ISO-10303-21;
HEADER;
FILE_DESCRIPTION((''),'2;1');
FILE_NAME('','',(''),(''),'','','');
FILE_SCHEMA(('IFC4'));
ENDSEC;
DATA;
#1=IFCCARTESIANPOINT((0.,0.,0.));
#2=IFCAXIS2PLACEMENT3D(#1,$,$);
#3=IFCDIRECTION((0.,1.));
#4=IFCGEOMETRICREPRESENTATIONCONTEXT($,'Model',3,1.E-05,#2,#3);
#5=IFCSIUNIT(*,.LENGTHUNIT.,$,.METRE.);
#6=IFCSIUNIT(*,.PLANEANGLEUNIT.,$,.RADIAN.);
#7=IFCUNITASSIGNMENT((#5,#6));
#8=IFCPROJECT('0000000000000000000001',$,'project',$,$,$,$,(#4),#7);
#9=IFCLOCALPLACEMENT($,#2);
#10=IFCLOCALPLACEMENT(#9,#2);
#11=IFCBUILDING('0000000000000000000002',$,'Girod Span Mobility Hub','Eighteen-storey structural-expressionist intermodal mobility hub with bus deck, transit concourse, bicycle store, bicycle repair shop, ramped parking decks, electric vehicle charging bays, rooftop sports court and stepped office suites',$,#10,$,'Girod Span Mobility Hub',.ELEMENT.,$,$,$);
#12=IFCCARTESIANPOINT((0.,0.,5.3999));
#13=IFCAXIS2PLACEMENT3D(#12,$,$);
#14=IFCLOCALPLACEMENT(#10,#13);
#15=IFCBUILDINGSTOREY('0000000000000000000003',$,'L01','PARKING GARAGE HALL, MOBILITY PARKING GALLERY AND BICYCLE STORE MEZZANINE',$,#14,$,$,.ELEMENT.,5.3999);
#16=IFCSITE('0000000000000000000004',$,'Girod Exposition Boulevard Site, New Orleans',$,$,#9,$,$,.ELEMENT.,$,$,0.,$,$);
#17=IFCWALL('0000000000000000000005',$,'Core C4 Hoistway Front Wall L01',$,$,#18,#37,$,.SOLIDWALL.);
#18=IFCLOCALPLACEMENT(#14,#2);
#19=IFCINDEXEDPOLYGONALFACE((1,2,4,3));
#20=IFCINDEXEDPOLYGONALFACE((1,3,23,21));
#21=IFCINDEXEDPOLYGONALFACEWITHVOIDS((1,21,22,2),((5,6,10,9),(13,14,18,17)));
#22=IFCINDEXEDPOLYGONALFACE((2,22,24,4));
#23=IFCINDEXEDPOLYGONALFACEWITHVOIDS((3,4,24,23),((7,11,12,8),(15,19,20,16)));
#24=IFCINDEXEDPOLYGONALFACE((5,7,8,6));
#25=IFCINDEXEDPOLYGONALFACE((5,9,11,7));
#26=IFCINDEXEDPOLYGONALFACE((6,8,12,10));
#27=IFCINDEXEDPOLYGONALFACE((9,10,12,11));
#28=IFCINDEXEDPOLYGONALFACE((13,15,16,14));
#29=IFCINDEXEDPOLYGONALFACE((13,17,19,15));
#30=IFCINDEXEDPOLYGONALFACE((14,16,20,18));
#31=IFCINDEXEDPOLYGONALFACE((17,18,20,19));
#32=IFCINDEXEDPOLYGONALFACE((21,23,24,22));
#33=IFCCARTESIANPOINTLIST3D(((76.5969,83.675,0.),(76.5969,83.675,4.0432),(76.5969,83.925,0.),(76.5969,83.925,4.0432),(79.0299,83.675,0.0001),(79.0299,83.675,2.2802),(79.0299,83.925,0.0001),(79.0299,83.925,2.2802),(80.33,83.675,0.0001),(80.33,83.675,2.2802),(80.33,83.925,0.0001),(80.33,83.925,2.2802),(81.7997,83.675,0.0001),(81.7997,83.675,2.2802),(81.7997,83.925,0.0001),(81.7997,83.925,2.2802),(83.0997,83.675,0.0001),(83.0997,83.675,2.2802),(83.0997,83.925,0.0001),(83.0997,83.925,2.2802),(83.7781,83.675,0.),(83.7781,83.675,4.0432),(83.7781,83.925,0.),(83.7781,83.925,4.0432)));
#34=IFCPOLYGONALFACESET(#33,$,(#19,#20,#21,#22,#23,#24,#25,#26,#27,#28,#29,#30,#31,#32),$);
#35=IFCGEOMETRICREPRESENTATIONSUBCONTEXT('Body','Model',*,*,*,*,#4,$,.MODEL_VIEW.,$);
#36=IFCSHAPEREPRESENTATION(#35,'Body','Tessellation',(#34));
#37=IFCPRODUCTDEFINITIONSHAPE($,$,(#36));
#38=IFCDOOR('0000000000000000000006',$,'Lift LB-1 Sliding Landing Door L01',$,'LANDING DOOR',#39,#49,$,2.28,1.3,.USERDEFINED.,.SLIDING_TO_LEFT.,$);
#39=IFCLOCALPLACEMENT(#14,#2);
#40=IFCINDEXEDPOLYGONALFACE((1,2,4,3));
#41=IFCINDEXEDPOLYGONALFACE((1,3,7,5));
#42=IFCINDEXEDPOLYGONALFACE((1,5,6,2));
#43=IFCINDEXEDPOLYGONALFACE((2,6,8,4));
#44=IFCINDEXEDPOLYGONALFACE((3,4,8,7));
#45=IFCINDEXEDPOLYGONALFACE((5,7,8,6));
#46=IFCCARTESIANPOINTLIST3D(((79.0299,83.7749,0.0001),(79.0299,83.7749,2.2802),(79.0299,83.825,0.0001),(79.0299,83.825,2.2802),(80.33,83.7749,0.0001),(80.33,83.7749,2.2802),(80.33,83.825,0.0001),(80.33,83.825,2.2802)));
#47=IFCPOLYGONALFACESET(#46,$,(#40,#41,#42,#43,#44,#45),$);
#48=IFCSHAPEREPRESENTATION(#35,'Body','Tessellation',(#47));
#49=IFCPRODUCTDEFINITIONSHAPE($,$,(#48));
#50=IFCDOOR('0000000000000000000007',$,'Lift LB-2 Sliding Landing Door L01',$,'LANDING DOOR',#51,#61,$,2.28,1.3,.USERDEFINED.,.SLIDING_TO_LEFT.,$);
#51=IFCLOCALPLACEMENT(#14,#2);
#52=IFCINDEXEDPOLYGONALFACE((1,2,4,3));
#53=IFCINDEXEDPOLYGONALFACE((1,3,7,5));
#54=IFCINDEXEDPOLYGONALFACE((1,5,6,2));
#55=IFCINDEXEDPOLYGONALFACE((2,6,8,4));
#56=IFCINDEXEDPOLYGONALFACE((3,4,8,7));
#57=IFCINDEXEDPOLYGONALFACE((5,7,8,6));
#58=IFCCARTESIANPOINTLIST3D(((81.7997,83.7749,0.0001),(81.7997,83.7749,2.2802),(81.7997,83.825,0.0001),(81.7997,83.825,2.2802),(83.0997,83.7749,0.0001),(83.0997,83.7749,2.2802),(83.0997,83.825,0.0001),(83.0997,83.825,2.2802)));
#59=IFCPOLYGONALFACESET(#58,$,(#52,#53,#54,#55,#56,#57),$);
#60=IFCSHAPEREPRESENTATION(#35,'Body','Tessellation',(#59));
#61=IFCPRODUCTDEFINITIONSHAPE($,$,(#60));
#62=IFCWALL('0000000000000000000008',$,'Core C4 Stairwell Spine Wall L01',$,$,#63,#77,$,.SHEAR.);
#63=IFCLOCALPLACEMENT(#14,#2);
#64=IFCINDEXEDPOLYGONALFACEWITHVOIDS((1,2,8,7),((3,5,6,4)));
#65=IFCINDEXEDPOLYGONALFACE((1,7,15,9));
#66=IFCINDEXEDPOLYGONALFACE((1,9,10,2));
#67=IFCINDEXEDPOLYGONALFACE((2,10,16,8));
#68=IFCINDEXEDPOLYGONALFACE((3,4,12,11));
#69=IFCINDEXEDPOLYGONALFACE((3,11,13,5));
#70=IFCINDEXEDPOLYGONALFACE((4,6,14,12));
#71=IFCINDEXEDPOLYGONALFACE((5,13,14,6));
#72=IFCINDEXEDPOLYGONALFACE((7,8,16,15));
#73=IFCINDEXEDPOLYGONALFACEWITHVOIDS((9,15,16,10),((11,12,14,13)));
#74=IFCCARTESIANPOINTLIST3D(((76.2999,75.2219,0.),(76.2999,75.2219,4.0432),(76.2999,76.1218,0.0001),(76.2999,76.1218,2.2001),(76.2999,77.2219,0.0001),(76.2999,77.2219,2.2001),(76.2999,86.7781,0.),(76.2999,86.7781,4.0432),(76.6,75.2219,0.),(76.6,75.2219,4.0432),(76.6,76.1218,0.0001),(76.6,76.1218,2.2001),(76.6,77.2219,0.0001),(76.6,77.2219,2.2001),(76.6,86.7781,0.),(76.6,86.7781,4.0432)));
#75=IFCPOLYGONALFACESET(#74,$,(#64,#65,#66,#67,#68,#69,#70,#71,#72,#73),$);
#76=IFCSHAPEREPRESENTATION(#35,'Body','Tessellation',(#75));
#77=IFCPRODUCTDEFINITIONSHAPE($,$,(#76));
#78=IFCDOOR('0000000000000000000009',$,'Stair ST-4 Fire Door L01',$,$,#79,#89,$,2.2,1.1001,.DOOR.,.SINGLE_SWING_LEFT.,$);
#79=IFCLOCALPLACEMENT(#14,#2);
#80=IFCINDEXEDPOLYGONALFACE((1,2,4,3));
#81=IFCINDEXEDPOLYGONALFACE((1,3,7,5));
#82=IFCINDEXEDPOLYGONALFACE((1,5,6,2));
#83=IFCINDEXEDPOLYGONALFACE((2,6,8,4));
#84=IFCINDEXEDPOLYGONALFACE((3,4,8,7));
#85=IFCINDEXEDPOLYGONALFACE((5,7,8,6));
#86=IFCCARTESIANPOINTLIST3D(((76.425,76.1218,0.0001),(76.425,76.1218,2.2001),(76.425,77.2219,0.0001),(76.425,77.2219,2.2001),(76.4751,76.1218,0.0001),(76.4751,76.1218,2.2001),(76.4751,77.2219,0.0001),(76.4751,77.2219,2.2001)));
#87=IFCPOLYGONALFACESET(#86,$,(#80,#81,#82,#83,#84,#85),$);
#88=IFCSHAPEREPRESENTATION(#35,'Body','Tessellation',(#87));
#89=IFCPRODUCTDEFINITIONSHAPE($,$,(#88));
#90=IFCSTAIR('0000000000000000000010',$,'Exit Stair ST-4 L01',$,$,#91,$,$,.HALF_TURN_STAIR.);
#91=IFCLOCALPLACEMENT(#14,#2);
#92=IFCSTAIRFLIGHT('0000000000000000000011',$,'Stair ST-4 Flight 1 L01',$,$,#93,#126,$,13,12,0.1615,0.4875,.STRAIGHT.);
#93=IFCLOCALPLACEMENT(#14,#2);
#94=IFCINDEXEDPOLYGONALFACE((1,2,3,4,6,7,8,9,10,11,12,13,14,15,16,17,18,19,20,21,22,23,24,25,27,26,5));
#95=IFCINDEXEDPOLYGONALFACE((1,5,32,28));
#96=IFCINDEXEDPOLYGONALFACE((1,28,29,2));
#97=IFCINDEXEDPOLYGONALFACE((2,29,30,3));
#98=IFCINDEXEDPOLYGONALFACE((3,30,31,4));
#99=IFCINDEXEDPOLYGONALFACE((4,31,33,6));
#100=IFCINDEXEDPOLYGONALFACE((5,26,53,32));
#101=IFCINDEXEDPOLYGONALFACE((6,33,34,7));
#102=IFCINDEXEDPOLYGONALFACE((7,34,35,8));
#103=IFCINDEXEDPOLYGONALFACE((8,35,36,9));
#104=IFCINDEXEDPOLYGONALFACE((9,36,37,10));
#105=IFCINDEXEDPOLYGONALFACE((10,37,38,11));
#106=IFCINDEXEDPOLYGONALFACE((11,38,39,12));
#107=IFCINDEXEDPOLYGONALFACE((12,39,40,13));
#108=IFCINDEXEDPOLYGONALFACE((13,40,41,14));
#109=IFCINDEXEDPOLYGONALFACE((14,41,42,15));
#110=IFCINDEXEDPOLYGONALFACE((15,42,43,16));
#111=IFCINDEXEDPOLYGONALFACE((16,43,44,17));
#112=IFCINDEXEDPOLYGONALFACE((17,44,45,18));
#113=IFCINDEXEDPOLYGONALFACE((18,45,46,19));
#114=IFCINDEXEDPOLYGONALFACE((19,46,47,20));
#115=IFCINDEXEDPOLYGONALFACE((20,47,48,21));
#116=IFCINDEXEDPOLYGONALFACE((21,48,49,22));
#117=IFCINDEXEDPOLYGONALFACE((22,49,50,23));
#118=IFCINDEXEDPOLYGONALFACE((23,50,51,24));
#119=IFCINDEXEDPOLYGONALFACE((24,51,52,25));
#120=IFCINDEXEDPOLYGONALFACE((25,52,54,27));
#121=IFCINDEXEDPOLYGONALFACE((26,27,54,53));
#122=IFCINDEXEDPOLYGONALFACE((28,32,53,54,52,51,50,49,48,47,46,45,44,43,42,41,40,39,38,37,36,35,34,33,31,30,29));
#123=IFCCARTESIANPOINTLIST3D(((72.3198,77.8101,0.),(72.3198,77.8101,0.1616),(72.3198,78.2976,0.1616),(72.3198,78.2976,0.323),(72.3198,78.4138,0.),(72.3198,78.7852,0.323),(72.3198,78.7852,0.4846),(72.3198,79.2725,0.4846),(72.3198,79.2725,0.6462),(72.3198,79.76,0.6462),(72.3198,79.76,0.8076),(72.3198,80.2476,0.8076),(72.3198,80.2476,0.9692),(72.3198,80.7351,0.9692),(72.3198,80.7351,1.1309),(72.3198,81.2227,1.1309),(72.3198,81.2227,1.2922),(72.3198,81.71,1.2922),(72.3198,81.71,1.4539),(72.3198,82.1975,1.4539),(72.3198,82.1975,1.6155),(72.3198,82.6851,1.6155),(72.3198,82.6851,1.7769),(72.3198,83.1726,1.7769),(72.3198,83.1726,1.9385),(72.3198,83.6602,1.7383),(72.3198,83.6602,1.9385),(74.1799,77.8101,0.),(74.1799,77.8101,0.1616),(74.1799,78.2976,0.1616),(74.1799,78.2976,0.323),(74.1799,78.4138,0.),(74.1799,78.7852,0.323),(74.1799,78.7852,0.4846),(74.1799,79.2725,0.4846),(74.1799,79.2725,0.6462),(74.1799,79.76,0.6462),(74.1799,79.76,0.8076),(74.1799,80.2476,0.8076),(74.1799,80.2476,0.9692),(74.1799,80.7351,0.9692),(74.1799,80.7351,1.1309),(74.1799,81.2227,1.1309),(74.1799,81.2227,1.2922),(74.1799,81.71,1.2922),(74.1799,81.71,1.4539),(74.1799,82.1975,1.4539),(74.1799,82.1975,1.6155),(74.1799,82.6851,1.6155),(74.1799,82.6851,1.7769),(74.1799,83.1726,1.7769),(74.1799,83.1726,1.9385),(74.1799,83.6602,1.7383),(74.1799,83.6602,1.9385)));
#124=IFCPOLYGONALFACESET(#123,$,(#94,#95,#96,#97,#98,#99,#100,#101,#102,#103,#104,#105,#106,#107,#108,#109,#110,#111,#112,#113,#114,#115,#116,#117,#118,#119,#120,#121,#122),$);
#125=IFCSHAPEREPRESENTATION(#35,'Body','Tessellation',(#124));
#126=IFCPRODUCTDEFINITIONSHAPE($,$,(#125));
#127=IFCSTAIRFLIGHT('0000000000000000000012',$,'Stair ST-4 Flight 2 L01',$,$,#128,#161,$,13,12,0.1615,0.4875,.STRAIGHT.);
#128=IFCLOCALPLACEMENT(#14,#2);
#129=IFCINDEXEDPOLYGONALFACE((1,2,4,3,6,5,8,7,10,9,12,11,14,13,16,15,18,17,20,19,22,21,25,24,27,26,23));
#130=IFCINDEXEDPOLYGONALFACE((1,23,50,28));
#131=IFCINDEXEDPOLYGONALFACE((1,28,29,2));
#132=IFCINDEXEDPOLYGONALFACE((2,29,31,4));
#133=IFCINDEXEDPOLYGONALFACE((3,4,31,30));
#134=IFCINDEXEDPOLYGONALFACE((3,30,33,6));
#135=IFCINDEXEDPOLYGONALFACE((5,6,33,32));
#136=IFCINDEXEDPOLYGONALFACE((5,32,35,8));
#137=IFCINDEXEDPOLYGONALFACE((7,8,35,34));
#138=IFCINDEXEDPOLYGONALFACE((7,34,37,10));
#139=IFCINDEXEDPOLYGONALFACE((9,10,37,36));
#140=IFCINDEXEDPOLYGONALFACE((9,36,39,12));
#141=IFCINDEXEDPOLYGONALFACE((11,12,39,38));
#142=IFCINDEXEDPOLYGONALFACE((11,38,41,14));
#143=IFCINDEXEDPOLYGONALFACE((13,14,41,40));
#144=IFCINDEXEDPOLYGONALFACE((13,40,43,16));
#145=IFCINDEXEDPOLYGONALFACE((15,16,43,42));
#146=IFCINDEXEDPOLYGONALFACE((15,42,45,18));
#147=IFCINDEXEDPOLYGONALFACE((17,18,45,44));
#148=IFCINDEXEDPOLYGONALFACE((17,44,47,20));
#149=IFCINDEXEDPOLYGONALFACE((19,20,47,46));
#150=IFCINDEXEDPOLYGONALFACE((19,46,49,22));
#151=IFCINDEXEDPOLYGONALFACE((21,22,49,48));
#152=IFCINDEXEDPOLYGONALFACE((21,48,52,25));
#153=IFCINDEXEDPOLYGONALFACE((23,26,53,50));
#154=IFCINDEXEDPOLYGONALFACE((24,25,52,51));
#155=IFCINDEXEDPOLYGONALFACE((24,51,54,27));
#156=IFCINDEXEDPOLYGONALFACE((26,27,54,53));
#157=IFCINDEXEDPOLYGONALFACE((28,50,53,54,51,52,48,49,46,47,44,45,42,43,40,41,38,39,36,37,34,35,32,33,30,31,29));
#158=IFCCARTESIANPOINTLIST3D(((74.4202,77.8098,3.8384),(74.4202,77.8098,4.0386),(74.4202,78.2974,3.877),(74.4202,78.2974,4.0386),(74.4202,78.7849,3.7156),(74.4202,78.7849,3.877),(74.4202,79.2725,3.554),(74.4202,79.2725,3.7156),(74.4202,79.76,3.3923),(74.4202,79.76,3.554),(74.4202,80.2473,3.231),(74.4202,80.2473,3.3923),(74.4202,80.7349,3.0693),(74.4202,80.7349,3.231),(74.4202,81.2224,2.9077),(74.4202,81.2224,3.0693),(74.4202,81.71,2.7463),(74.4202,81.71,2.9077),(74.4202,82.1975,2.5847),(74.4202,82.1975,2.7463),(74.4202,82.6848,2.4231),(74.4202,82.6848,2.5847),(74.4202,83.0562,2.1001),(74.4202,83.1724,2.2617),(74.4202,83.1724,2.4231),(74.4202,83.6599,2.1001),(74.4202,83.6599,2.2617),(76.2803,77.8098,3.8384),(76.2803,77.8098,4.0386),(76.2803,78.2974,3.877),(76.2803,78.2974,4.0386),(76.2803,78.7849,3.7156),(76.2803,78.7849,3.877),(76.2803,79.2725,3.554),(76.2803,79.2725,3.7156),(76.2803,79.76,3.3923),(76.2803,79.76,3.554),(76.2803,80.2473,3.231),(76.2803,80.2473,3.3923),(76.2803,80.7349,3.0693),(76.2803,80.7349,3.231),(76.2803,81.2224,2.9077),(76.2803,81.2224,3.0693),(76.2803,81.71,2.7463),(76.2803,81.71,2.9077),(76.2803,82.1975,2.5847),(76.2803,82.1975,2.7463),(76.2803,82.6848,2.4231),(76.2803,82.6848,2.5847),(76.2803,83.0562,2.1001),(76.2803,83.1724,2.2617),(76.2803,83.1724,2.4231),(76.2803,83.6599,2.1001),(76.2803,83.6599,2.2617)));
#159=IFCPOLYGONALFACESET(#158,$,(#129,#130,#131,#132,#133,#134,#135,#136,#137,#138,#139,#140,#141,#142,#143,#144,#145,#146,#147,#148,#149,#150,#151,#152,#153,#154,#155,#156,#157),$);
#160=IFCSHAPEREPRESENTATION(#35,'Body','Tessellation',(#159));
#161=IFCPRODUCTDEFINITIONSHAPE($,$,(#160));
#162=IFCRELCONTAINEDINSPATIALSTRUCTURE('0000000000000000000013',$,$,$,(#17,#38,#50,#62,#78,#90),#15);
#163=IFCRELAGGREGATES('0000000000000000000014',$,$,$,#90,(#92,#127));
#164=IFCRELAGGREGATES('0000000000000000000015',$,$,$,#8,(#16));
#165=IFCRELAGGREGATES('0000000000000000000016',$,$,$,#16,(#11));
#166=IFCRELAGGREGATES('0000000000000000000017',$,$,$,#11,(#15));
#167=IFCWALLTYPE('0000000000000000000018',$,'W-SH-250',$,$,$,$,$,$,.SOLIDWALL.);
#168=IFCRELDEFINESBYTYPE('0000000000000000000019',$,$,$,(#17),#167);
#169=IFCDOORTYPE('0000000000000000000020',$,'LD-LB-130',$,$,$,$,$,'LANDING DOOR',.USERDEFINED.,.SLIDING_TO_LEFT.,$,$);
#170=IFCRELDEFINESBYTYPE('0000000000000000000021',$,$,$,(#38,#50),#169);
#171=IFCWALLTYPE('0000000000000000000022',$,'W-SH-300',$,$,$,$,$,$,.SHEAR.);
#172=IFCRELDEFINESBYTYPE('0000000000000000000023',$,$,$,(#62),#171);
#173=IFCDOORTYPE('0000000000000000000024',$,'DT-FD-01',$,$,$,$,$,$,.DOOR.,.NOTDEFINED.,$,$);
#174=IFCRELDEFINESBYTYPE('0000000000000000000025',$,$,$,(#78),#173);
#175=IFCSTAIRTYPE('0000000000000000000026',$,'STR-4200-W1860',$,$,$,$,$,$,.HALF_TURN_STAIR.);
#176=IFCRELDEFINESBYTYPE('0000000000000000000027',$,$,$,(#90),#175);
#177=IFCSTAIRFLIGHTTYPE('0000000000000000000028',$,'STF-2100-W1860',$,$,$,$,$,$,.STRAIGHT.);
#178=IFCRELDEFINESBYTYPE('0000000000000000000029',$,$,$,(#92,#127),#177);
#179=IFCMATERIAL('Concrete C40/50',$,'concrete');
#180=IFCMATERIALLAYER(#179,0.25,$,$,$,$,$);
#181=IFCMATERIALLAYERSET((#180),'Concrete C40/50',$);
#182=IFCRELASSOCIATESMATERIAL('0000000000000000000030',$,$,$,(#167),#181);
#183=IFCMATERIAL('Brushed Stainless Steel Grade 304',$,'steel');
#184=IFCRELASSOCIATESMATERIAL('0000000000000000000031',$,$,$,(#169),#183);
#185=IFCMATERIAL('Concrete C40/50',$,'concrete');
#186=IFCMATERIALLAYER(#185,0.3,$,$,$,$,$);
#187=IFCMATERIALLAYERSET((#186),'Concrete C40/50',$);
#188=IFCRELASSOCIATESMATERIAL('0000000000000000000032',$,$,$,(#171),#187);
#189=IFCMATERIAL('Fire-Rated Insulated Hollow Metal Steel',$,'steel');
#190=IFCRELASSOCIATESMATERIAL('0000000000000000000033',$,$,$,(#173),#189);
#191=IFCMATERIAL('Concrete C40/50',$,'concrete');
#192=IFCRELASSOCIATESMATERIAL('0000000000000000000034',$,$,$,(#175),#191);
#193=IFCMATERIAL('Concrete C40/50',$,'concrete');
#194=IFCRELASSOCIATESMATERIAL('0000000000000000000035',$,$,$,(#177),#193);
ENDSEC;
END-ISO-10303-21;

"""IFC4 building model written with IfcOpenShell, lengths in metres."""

from ifc_helpers import new_model, si_unit, direction, frame, frame_2d, origin, place, context, subcontext, project, spatial, polyline, rectangle, outline, extrude, material, layer, layer_set, type_object, element, fill, aggregate, save


model = new_model("IFC4")

# Units and contexts
model_context = context("Model", 3, precision=1e-05, world=origin(), true_north=direction((0.0, 1.0)))
body_context = subcontext(model_context, "Body", "Model", "MODEL_VIEW")
ifc_project = project(units=[si_unit("LENGTHUNIT", "METRE"), si_unit("PLANEANGLEUNIT", "RADIAN")], contexts=[model_context])

# Site, building, storey
site_placement = place(None, origin())
site = spatial("IfcSite", under=ifc_project, at=site_placement, Name="Girod Exposition Boulevard Site, New Orleans", CompositionType="ELEMENT", RefElevation=0.0)
building_placement = place(site_placement, origin())
building = spatial("IfcBuilding", under=site, at=building_placement, Name="Girod Span Mobility Hub", Description="Eighteen-storey structural-expressionist intermodal mobility hub with bus deck, transit concourse, bicycle store, bicycle repair shop, ramped parking decks, electric vehicle charging bays, rooftop sports court and stepped office suites", LongName="Girod Span Mobility Hub", CompositionType="ELEMENT")
storey_placement = place(building_placement, frame((0.0, 0.0, 5.3999)))
storey = spatial("IfcBuildingStorey", under=building, at=storey_placement, Name="L01", Description="PARKING GARAGE HALL, MOBILITY PARKING GALLERY AND BICYCLE STORE MEZZANINE", CompositionType="ELEMENT", Elevation=5.3999)

# Wall, openings, doors
ifc_material_1 = material(Name="Concrete C40/50", Category="concrete")
ifc_layer_1 = layer(ifc_material_1, 0.25)
ifc_layer_set_1 = layer_set([ifc_layer_1], Name="Concrete C40/50")
wall_type_1 = type_object("IfcWallType", Name="W-SH-250", PredefinedType="SOLIDWALL", material=ifc_layer_set_1)
wall_1_placement = place(storey_placement, frame((76.5969, 83.8, 0.0), z_axis=(0.0, 0.0, 1.0), x_axis=(1.0, 0.0, 0.0)))
wall_1 = element("IfcWall", 1, at=wall_1_placement, inside=storey, type_object=wall_type_1, Name="Core C4 Hoistway Front Wall L01", PredefinedType="SOLIDWALL", context=body_context, shape_type="SweptSolid", body=[
    extrude(rectangle(XDim=7.1812, YDim=0.25, at=frame_2d((3.5906, 0.0))), origin(), (0.0, 0.0, 1.0), 4.0432),
])
opening_1_placement = place(wall_1_placement, frame((2.4331, 0.0, 0.0)))
opening_1 = element("IfcOpeningElement", 2, at=opening_1_placement, cuts=wall_1, PredefinedType="OPENING", context=body_context, shape_type="SweptSolid", body=[
    extrude(rectangle(XDim=1.3, YDim=2.28, at=frame_2d((0.6499, 1.1401))), frame((0.0, 0.1399, 0.0), z_axis=(0.0, -1.0, 0.0), x_axis=(1.0, 0.0, 0.0)), (0.0, 0.0, 1.0), 0.28),
])
opening_2_placement = place(wall_1_placement, frame((5.2029, 0.0, 0.0)))
opening_2 = element("IfcOpeningElement", 3, at=opening_2_placement, cuts=wall_1, PredefinedType="OPENING", context=body_context, shape_type="SweptSolid", body=[
    extrude(rectangle(XDim=1.3, YDim=2.28, at=frame_2d((0.6499, 1.1401))), frame((0.0, 0.1399, 0.0), z_axis=(0.0, -1.0, 0.0), x_axis=(1.0, 0.0, 0.0)), (0.0, 0.0, 1.0), 0.28),
])
ifc_material_2 = material(Name="Brushed Stainless Steel Grade 304", Category="steel")
door_type_1 = type_object("IfcDoorType", Name="LD-LB-130", ElementType="LANDING DOOR", OperationType="SLIDING_TO_LEFT", PredefinedType="USERDEFINED", material=ifc_material_2)
door_1_placement = place(opening_1_placement, origin())
door_1 = element("IfcDoor", 4, at=door_1_placement, inside=storey, type_object=door_type_1, Name="Lift LB-1 Sliding Landing Door L01", ObjectType="LANDING DOOR", OperationType="SLIDING_TO_LEFT", OverallHeight=2.28, OverallWidth=1.3, PredefinedType="USERDEFINED", context=body_context, shape_type="SweptSolid", body=[
    extrude(rectangle(XDim=1.3, YDim=2.28, at=frame_2d((0.6499, 1.1401))), frame((0.0, 0.0249, 0.0), z_axis=(0.0, -1.0, 0.0), x_axis=(1.0, 0.0, 0.0)), (0.0, 0.0, 1.0), 0.05),
])
fill(opening_1, door_1)
door_2_placement = place(opening_2_placement, origin())
door_2 = element("IfcDoor", 5, at=door_2_placement, inside=storey, type_object=door_type_1, Name="Lift LB-2 Sliding Landing Door L01", ObjectType="LANDING DOOR", OperationType="SLIDING_TO_LEFT", OverallHeight=2.28, OverallWidth=1.3, PredefinedType="USERDEFINED", context=body_context, shape_type="SweptSolid", body=[
    extrude(rectangle(XDim=1.3, YDim=2.28, at=frame_2d((0.6499, 1.1401))), frame((0.0, 0.0249, 0.0), z_axis=(0.0, -1.0, 0.0), x_axis=(1.0, 0.0, 0.0)), (0.0, 0.0, 1.0), 0.05),
])
fill(opening_2, door_2)

# Wall, opening, door
ifc_material_3 = material(Name="Concrete C40/50", Category="concrete")
ifc_layer_2 = layer(ifc_material_3, 0.3)
ifc_layer_set_2 = layer_set([ifc_layer_2], Name="Concrete C40/50")
wall_type_2 = type_object("IfcWallType", Name="W-SH-300", PredefinedType="SHEAR", material=ifc_layer_set_2)
wall_2_placement = place(storey_placement, frame((76.45, 75.2219, 0.0), z_axis=(0.0, 0.0, 1.0), x_axis=(0.0, 1.0, 0.0)))
wall_2 = element("IfcWall", 6, at=wall_2_placement, inside=storey, type_object=wall_type_2, Name="Core C4 Stairwell Spine Wall L01", PredefinedType="SHEAR", context=body_context, shape_type="SweptSolid", body=[
    extrude(rectangle(XDim=11.5562, YDim=0.3, at=frame_2d((5.7781, 0.0))), origin(), (0.0, 0.0, 1.0), 4.0432),
])
opening_3_placement = place(wall_2_placement, frame((0.8999, 0.0, 0.0)))
opening_3 = element("IfcOpeningElement", 7, at=opening_3_placement, cuts=wall_2, PredefinedType="OPENING", context=body_context, shape_type="SweptSolid", body=[
    extrude(rectangle(XDim=1.1001, YDim=2.2, at=frame_2d((0.55, 1.1001))), frame((0.0, 0.165, 0.0), z_axis=(0.0, -1.0, 0.0), x_axis=(1.0, 0.0, 0.0)), (0.0, 0.0, 1.0), 0.3301),
])
ifc_material_4 = material(Name="Fire-Rated Insulated Hollow Metal Steel", Category="steel")
door_type_2 = type_object("IfcDoorType", Name="DT-FD-01", OperationType="NOTDEFINED", PredefinedType="DOOR", material=ifc_material_4)
door_3_placement = place(opening_3_placement, origin())
door_3 = element("IfcDoor", 8, at=door_3_placement, inside=storey, type_object=door_type_2, Name="Stair ST-4 Fire Door L01", OperationType="SINGLE_SWING_LEFT", OverallHeight=2.2, OverallWidth=1.1001, PredefinedType="DOOR", context=body_context, shape_type="SweptSolid", body=[
    extrude(rectangle(XDim=1.1001, YDim=2.2, at=frame_2d((0.55, 1.1001))), frame((0.0, 0.0249, 0.0), z_axis=(0.0, -1.0, 0.0), x_axis=(1.0, 0.0, 0.0)), (0.0, 0.0, 1.0), 0.05),
])
fill(opening_3, door_3)

# Stair, stair flights
ifc_material_5 = material(Name="Concrete C40/50", Category="concrete")
stair_type = type_object("IfcStairType", Name="STR-4200-W1860", PredefinedType="HALF_TURN_STAIR", material=ifc_material_5)
stair_placement = place(storey_placement, origin())
stair = element("IfcStair", 9, at=stair_placement, inside=storey, type_object=stair_type, Name="Exit Stair ST-4 L01", PredefinedType="HALF_TURN_STAIR")
ifc_material_6 = material(Name="Concrete C40/50", Category="concrete")
stair_flight_type = type_object("IfcStairFlightType", Name="STF-2100-W1860", PredefinedType="STRAIGHT", material=ifc_material_6)
stair_flight_1_placement = place(storey_placement, frame((73.25, 77.8101, 0.0), z_axis=(0.0, 0.0, 1.0), x_axis=(0.0, 1.0, 0.0)))
stair_flight_1 = element("IfcStairFlight", 10, at=stair_flight_1_placement, type_object=stair_flight_type, Name="Stair ST-4 Flight 1 L01", NumberOfRisers=13, NumberOfTreads=12, PredefinedType="STRAIGHT", RiserHeight=0.1615, TreadLength=0.4875, context=body_context, shape_type="SweptSolid", body=[
    extrude(outline(polyline([(0.0, 0.0), (0.0, 0.1616), (0.4875, 0.1616), (0.4875, 0.323), (0.9751, 0.323), (0.9751, 0.4846), (1.4624, 0.4846), (1.4624, 0.6462), (1.95, 0.6462), (1.95, 0.8076), (2.4375, 0.8076), (2.4375, 0.9692), (2.925, 0.9692), (2.925, 1.1309), (3.4126, 1.1309), (3.4126, 1.2922), (3.8999, 1.2922), (3.8999, 1.4539), (4.3875, 1.4539), (4.3875, 1.6155), (4.875, 1.6155), (4.875, 1.7769), (5.3625, 1.7769), (5.3625, 1.9385), (5.8501, 1.9385), (5.8501, 2.1001), (5.8501, 1.7383), (0.6038, 0.0), (0.0, 0.0)])), frame((0.0, 0.9302, 0.0), z_axis=(0.0, -1.0, 0.0), x_axis=(1.0, 0.0, 0.0)), (0.0, 0.0, 1.0), 1.8601),
])
stair_flight_2_placement = place(storey_placement, frame((75.3501, 83.6599, 2.1001), z_axis=(0.0, 0.0, 1.0), x_axis=(0.0, -1.0, 0.0)))
stair_flight_2 = element("IfcStairFlight", 11, at=stair_flight_2_placement, type_object=stair_flight_type, Name="Stair ST-4 Flight 2 L01", NumberOfRisers=13, NumberOfTreads=12, PredefinedType="STRAIGHT", RiserHeight=0.1615, TreadLength=0.4875, context=body_context, shape_type="SweptSolid", body=[
    extrude(outline(polyline([(0.0, 0.0), (0.0, 0.1616), (0.4875, 0.1616), (0.4875, 0.323), (0.9751, 0.323), (0.9751, 0.4846), (1.4624, 0.4846), (1.4624, 0.6462), (1.95, 0.6462), (1.95, 0.8076), (2.4375, 0.8076), (2.4375, 0.9692), (2.925, 0.9692), (2.925, 1.1309), (3.4126, 1.1309), (3.4126, 1.2922), (3.8999, 1.2922), (3.8999, 1.4539), (4.3875, 1.4539), (4.3875, 1.6155), (4.875, 1.6155), (4.875, 1.7769), (5.3625, 1.7769), (5.3625, 1.9385), (5.8501, 1.9385), (5.8501, 2.1001), (5.8501, 1.7383), (0.6038, 0.0), (0.0, 0.0)])), frame((0.0, 0.9302, 0.0), z_axis=(0.0, -1.0, 0.0), x_axis=(1.0, 0.0, 0.0)), (0.0, 0.0, 1.0), 1.8601),
])
aggregate(stair, [stair_flight_1, stair_flight_2])

save(model, "model.ifc")
